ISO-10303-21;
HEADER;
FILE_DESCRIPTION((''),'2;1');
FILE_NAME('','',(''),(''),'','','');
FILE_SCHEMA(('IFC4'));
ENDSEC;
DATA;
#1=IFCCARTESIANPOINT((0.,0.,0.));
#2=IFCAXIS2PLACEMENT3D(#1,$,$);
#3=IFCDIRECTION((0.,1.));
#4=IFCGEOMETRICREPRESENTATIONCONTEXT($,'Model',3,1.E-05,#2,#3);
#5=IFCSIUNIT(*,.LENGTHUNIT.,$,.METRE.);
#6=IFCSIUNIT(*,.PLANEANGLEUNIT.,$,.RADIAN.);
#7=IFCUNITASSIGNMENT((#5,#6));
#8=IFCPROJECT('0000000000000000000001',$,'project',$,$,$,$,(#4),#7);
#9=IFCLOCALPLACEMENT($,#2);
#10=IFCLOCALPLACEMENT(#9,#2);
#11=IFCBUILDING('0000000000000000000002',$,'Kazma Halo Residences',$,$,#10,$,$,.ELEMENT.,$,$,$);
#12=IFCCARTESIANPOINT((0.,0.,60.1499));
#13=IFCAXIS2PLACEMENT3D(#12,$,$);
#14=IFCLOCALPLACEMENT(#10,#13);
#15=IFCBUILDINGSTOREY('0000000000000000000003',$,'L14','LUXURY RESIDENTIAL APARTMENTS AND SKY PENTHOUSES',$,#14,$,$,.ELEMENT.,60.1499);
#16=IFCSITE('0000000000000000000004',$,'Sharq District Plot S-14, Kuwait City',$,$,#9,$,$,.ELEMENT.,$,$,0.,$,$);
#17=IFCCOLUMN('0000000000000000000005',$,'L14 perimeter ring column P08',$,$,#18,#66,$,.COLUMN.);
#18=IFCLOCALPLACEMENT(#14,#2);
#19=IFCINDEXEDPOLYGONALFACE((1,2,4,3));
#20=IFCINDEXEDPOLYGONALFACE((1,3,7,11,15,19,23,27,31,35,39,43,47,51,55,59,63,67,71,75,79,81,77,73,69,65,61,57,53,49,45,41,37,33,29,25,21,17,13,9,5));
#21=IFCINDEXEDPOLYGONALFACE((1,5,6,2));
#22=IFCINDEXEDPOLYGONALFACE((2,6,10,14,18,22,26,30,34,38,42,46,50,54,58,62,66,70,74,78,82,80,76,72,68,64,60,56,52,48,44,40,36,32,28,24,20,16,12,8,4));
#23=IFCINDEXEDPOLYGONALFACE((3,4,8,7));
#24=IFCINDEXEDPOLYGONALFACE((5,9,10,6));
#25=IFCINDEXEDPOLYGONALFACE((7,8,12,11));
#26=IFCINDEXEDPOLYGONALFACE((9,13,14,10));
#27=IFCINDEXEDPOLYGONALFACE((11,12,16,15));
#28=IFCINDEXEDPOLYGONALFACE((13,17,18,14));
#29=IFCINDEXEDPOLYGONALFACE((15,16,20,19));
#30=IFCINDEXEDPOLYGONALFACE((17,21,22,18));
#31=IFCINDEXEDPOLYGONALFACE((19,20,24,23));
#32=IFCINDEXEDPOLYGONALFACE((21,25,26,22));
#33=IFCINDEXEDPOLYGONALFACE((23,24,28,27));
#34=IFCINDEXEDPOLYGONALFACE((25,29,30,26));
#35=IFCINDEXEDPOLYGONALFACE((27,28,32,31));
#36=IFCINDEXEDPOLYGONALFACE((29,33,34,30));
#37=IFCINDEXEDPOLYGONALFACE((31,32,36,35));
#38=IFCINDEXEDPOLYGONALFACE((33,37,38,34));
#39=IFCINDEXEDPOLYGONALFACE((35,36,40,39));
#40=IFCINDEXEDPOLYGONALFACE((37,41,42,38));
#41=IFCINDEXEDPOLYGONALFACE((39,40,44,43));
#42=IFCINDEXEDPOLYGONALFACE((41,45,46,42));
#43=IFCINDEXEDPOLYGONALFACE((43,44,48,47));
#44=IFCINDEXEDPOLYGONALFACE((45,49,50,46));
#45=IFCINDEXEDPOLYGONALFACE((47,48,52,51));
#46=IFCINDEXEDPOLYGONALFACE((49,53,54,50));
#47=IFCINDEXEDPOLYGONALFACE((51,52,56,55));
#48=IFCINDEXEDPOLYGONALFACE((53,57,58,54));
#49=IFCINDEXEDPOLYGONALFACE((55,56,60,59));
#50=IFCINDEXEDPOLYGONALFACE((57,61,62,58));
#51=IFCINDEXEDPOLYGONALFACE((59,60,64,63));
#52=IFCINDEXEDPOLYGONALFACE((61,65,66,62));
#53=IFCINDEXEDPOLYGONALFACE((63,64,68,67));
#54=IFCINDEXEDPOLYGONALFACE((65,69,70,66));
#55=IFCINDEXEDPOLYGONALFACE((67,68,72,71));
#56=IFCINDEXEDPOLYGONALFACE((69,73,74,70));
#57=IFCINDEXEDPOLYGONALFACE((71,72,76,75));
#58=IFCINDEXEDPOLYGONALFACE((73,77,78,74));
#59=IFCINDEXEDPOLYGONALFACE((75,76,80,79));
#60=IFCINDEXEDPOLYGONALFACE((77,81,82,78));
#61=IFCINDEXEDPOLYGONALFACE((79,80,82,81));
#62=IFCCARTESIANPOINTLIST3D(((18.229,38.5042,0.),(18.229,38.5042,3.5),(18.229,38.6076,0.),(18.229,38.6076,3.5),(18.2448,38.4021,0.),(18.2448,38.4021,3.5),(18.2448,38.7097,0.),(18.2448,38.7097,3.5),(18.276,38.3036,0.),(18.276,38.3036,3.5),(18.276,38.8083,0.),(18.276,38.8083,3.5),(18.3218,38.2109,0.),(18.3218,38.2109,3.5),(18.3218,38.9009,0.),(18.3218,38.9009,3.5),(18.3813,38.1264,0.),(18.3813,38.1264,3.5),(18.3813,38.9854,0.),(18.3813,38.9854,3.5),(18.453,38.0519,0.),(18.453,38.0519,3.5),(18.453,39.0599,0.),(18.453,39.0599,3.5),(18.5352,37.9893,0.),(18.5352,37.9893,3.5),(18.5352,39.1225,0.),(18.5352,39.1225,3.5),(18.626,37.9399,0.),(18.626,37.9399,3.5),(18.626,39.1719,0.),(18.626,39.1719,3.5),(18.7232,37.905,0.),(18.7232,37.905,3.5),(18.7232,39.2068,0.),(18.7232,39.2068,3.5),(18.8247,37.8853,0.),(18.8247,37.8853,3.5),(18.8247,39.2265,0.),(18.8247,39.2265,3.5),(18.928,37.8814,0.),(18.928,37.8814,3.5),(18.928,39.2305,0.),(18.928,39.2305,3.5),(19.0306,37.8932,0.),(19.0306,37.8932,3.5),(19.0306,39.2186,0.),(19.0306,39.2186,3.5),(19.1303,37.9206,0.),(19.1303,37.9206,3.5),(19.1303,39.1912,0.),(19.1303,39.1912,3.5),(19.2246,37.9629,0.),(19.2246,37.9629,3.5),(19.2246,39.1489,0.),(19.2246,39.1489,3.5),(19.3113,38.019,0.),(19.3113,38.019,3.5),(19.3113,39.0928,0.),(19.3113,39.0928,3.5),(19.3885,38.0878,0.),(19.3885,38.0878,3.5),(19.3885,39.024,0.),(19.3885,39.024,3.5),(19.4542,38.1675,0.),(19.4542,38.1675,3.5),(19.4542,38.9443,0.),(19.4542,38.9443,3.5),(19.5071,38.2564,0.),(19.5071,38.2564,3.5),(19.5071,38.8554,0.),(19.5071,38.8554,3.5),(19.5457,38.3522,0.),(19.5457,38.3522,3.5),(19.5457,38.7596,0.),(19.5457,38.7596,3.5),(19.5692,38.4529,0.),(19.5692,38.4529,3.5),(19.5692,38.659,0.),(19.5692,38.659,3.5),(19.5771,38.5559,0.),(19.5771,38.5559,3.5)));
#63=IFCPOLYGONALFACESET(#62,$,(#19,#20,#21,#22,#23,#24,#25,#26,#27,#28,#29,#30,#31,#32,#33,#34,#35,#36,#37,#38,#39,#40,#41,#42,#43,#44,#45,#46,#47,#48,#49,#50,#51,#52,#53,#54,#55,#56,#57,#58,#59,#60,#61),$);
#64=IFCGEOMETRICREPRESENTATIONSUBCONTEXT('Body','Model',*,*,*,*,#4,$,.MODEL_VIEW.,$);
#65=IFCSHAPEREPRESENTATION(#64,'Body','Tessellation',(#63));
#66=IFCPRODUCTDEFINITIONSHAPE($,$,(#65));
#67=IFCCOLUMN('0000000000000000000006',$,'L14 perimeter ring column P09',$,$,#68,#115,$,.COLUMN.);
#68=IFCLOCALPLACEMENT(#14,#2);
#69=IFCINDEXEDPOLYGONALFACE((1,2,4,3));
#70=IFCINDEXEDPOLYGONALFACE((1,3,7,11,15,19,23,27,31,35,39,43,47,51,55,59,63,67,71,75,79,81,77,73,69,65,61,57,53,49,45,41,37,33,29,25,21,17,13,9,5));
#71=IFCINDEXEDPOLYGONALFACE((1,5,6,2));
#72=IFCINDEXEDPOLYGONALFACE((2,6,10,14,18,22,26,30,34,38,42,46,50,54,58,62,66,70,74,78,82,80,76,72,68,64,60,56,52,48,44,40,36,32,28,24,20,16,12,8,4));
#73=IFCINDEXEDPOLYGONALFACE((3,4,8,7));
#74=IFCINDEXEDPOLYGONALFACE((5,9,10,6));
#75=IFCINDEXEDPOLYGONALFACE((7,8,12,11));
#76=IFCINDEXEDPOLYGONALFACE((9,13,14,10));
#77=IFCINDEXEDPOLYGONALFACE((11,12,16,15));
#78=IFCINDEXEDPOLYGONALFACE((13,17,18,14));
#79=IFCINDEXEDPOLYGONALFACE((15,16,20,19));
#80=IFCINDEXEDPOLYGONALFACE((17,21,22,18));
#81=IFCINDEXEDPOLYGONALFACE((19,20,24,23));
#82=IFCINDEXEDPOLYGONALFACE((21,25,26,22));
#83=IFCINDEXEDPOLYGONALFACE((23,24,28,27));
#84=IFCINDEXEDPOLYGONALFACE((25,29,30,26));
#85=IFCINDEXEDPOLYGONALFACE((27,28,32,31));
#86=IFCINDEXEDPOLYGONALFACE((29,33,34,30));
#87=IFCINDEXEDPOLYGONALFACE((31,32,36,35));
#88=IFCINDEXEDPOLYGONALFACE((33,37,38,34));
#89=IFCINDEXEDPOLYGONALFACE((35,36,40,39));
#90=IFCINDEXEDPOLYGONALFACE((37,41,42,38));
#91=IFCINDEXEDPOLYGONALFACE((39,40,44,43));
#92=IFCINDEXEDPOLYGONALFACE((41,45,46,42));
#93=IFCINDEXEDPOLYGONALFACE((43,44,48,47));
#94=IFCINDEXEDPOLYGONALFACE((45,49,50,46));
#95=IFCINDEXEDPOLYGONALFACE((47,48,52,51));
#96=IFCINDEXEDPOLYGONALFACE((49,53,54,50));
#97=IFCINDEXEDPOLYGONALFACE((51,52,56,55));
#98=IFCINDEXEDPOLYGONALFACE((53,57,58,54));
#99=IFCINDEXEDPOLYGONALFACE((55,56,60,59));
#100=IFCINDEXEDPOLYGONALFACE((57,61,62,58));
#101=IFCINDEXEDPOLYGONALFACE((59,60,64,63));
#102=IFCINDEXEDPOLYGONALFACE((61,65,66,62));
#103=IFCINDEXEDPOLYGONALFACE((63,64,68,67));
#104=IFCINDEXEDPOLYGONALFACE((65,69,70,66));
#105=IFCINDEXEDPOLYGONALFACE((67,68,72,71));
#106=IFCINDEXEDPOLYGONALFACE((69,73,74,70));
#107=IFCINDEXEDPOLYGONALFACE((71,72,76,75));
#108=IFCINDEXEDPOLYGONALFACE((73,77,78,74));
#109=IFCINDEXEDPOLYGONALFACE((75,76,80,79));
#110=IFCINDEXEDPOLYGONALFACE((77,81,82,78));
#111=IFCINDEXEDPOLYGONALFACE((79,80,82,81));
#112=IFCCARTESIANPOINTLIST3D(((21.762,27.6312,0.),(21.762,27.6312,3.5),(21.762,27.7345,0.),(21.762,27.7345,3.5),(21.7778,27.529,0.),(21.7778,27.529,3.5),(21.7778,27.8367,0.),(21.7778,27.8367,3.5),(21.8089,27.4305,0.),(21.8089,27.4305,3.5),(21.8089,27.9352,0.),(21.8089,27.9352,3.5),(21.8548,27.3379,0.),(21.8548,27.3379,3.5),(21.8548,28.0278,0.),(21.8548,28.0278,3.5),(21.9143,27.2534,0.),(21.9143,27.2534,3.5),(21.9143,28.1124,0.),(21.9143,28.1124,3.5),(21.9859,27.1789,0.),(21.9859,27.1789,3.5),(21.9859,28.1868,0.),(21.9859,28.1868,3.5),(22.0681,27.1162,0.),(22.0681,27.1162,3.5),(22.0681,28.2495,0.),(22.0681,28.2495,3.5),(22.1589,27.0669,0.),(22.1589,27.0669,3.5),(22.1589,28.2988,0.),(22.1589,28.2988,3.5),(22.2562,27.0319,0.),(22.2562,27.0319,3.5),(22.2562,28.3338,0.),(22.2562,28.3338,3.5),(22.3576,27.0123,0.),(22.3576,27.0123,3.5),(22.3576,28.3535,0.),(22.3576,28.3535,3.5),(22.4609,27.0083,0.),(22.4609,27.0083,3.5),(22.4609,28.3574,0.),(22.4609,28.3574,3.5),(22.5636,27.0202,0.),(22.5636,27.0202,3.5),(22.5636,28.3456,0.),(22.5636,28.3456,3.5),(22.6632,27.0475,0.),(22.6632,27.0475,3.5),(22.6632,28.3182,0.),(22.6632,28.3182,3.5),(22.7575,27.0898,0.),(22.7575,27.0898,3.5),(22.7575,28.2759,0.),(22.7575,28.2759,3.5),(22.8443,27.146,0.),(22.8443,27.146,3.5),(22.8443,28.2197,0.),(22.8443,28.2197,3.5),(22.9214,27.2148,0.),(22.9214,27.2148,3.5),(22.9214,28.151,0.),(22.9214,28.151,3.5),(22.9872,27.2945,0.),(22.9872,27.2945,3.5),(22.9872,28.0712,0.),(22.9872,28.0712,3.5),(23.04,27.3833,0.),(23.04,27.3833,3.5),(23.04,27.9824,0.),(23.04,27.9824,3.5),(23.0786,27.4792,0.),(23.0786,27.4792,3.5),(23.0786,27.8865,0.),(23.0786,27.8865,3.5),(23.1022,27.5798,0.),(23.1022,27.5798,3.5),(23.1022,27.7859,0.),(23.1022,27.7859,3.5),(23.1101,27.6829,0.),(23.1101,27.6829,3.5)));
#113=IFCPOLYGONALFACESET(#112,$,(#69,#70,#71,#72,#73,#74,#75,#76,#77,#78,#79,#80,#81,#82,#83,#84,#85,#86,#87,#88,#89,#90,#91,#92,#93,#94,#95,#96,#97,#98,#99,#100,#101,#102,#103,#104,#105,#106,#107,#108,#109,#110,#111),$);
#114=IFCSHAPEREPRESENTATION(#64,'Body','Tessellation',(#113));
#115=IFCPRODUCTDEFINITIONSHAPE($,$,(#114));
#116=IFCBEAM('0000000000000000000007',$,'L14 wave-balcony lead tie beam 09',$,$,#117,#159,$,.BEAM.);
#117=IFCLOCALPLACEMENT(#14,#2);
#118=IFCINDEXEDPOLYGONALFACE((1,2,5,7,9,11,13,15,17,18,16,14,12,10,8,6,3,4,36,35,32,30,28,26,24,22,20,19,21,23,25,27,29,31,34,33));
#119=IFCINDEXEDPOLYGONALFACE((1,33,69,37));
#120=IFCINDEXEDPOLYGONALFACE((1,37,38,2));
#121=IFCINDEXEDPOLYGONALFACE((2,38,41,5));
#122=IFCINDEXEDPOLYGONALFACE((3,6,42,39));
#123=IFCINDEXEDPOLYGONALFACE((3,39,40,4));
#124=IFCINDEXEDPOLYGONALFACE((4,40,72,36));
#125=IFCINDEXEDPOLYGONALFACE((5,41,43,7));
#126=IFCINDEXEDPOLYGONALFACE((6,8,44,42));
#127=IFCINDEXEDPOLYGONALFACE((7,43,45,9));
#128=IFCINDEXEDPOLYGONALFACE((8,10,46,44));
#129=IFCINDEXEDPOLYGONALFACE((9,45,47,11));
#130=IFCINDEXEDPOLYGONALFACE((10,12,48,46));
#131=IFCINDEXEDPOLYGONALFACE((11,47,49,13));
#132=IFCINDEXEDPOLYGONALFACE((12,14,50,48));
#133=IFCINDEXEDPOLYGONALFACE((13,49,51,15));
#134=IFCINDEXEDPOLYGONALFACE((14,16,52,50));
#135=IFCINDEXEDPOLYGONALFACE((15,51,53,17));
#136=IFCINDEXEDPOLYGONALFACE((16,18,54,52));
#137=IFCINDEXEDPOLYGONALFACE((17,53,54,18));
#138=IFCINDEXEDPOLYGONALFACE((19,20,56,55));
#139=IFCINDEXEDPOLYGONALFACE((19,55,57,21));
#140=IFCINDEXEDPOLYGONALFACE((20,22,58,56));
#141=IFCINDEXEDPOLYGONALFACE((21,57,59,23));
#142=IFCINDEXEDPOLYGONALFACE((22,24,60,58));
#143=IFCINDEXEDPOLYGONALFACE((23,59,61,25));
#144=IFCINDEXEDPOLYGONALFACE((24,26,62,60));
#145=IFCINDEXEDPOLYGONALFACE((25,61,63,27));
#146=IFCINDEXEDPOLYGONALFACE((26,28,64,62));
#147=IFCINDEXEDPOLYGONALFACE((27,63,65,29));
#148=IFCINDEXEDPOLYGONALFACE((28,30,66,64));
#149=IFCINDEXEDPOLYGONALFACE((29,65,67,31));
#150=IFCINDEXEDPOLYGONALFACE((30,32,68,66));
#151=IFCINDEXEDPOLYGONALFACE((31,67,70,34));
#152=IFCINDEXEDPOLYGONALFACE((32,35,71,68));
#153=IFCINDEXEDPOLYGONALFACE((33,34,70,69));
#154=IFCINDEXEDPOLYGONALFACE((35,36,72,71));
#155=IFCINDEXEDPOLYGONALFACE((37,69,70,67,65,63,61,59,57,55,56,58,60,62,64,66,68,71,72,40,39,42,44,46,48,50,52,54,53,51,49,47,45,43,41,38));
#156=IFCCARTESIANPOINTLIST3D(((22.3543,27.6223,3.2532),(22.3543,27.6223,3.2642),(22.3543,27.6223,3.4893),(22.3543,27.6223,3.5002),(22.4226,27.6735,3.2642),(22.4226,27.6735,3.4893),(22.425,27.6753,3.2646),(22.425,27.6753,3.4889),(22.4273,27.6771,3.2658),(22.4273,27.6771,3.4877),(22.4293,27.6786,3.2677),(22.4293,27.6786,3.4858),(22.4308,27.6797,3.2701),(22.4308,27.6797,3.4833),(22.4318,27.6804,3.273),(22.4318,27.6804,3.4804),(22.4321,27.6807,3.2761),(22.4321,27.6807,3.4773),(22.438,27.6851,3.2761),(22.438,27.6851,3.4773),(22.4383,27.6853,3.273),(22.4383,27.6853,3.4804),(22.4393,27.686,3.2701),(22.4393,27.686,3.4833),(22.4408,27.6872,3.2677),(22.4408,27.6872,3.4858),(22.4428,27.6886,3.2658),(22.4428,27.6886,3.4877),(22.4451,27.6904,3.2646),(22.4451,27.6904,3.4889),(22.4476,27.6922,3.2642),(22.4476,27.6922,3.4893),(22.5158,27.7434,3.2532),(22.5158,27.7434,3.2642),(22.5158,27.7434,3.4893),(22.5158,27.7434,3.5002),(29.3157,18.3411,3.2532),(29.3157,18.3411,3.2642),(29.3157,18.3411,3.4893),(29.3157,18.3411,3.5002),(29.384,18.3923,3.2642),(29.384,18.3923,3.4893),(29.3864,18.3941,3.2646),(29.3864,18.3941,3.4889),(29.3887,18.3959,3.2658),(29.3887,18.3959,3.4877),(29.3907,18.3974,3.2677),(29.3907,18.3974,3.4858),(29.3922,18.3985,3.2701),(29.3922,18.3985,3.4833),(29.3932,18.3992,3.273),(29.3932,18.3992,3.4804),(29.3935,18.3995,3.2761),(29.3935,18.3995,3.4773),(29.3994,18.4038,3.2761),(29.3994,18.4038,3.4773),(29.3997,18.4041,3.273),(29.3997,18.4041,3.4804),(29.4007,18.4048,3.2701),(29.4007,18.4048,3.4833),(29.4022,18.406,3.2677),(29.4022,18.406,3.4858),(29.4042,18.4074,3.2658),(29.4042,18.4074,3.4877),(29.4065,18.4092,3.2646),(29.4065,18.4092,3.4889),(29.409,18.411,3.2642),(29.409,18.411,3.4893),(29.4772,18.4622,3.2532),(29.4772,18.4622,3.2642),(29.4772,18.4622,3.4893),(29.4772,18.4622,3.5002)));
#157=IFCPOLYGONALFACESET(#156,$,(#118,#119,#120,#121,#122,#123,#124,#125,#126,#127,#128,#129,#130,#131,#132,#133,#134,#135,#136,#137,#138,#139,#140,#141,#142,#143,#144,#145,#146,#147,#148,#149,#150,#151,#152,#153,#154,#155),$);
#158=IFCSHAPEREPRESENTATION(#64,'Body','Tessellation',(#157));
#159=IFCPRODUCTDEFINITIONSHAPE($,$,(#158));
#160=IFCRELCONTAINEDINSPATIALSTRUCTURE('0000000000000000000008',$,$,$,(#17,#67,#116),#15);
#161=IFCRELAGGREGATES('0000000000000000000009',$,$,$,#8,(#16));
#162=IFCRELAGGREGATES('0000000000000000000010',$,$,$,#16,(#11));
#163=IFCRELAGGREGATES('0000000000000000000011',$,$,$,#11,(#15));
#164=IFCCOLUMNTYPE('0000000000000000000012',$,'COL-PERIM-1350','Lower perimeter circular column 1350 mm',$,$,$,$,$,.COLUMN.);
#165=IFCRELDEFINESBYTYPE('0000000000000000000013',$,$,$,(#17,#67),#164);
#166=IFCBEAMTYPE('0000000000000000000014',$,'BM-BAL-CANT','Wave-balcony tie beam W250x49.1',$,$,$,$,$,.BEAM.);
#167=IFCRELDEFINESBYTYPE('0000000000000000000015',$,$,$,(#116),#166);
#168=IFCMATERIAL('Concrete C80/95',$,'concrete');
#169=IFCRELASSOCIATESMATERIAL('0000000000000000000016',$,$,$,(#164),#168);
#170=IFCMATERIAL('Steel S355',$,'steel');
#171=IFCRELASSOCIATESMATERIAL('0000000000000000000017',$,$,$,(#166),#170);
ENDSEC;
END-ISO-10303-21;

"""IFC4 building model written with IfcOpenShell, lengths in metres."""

from ifc_helpers import new_model, si_unit, direction, frame, origin, origin_2d, place, context, subcontext, project, spatial, circle, i_section, extrude, material, material_profile, profile_set, type_object, element, save


model = new_model("IFC4")

# Units and contexts
model_context = context("Model", 3, precision=1e-05, world=origin(), true_north=direction((0.0, 1.0)))
body_context = subcontext(model_context, "Body", "Model", "MODEL_VIEW")
ifc_project = project(units=[si_unit("LENGTHUNIT", "METRE"), si_unit("PLANEANGLEUNIT", "RADIAN")], contexts=[model_context])

# Site, building, storey
site_placement = place(None, origin())
site = spatial("IfcSite", under=ifc_project, at=site_placement, Name="Sharq District Plot S-14, Kuwait City", CompositionType="ELEMENT", RefElevation=0.0)
building_placement = place(site_placement, origin())
building = spatial("IfcBuilding", under=site, at=building_placement, Name="Kazma Halo Residences", CompositionType="ELEMENT")
storey_placement = place(building_placement, frame((0.0, 0.0, 60.1499)))
storey = spatial("IfcBuildingStorey", under=building, at=storey_placement, Name="L14", Description="LUXURY RESIDENTIAL APARTMENTS AND SKY PENTHOUSES", CompositionType="ELEMENT", Elevation=60.1499)

# Columns
ifc_material_1 = material(Name="Concrete C80/95", Category="concrete")
ifc_material_profile_1 = material_profile(ifc_material_1, circle(Radius=0.675, at=origin_2d()), Name="CIRC1350")
ifc_profile_set_1 = profile_set([ifc_material_profile_1], Name="Concrete C80/95")
column_type = type_object("IfcColumnType", Name="COL-PERIM-1350", Description="Lower perimeter circular column 1350 mm", PredefinedType="COLUMN", material=ifc_profile_set_1)
for number, where, z_axis, x_axis, name in (
    (1, (18.9021, 38.5559, 0.0), (0.0, 0.0, 1.0), (1.0, 0.0, 0.0), "L14 perimeter ring column P08"),
    (2, (22.4351, 27.6829, 0.0), (0.0, 0.0, 1.0), (1.0, 0.0, 0.0), "L14 perimeter ring column P09"),
):
    element("IfcColumn", number, at=place(storey_placement, frame(where, z_axis=z_axis, x_axis=x_axis)), inside=storey, type_object=column_type, Name=name, PredefinedType="COLUMN", context=body_context, shape_type="SweptSolid", body=[
        extrude(circle(Radius=0.675, at=origin_2d()), origin(), (0.0, 0.0, 1.0), 3.5),
    ])

# Beam
ifc_material_2 = material(Name="Steel S355", Category="steel")
ifc_material_profile_2 = material_profile(ifc_material_2, i_section(OverallWidth=0.2019, OverallDepth=0.2471, WebThickness=0.0073, FlangeThickness=0.011, FilletRadius=0.012, at=origin_2d()), Name="W250x49.1")
ifc_profile_set_2 = profile_set([ifc_material_profile_2], Name="Steel S355")
beam_type_1 = type_object("IfcBeamType", Name="BM-BAL-CANT", Description="Wave-balcony tie beam W250x49.1", PredefinedType="BEAM", material=ifc_profile_set_2)
beam_1_placement = place(storey_placement, frame((22.4351, 27.6829, 3.3767), z_axis=(0.600027, -0.79998, 0.0), x_axis=(0.79998, 0.600027, 0.0)))
element("IfcBeam", 3, at=beam_1_placement, inside=storey, type_object=beam_type_1, Name="L14 wave-balcony lead tie beam 09", PredefinedType="BEAM", context=body_context, shape_type="SweptSolid", body=[
    extrude(i_section(OverallWidth=0.2019, OverallDepth=0.2471, WebThickness=0.0073, FlangeThickness=0.011, FilletRadius=0.012, at=origin_2d()), origin(), (0.0, 0.0, 1.0), 11.6018),
])

save(model, "model.ifc")
